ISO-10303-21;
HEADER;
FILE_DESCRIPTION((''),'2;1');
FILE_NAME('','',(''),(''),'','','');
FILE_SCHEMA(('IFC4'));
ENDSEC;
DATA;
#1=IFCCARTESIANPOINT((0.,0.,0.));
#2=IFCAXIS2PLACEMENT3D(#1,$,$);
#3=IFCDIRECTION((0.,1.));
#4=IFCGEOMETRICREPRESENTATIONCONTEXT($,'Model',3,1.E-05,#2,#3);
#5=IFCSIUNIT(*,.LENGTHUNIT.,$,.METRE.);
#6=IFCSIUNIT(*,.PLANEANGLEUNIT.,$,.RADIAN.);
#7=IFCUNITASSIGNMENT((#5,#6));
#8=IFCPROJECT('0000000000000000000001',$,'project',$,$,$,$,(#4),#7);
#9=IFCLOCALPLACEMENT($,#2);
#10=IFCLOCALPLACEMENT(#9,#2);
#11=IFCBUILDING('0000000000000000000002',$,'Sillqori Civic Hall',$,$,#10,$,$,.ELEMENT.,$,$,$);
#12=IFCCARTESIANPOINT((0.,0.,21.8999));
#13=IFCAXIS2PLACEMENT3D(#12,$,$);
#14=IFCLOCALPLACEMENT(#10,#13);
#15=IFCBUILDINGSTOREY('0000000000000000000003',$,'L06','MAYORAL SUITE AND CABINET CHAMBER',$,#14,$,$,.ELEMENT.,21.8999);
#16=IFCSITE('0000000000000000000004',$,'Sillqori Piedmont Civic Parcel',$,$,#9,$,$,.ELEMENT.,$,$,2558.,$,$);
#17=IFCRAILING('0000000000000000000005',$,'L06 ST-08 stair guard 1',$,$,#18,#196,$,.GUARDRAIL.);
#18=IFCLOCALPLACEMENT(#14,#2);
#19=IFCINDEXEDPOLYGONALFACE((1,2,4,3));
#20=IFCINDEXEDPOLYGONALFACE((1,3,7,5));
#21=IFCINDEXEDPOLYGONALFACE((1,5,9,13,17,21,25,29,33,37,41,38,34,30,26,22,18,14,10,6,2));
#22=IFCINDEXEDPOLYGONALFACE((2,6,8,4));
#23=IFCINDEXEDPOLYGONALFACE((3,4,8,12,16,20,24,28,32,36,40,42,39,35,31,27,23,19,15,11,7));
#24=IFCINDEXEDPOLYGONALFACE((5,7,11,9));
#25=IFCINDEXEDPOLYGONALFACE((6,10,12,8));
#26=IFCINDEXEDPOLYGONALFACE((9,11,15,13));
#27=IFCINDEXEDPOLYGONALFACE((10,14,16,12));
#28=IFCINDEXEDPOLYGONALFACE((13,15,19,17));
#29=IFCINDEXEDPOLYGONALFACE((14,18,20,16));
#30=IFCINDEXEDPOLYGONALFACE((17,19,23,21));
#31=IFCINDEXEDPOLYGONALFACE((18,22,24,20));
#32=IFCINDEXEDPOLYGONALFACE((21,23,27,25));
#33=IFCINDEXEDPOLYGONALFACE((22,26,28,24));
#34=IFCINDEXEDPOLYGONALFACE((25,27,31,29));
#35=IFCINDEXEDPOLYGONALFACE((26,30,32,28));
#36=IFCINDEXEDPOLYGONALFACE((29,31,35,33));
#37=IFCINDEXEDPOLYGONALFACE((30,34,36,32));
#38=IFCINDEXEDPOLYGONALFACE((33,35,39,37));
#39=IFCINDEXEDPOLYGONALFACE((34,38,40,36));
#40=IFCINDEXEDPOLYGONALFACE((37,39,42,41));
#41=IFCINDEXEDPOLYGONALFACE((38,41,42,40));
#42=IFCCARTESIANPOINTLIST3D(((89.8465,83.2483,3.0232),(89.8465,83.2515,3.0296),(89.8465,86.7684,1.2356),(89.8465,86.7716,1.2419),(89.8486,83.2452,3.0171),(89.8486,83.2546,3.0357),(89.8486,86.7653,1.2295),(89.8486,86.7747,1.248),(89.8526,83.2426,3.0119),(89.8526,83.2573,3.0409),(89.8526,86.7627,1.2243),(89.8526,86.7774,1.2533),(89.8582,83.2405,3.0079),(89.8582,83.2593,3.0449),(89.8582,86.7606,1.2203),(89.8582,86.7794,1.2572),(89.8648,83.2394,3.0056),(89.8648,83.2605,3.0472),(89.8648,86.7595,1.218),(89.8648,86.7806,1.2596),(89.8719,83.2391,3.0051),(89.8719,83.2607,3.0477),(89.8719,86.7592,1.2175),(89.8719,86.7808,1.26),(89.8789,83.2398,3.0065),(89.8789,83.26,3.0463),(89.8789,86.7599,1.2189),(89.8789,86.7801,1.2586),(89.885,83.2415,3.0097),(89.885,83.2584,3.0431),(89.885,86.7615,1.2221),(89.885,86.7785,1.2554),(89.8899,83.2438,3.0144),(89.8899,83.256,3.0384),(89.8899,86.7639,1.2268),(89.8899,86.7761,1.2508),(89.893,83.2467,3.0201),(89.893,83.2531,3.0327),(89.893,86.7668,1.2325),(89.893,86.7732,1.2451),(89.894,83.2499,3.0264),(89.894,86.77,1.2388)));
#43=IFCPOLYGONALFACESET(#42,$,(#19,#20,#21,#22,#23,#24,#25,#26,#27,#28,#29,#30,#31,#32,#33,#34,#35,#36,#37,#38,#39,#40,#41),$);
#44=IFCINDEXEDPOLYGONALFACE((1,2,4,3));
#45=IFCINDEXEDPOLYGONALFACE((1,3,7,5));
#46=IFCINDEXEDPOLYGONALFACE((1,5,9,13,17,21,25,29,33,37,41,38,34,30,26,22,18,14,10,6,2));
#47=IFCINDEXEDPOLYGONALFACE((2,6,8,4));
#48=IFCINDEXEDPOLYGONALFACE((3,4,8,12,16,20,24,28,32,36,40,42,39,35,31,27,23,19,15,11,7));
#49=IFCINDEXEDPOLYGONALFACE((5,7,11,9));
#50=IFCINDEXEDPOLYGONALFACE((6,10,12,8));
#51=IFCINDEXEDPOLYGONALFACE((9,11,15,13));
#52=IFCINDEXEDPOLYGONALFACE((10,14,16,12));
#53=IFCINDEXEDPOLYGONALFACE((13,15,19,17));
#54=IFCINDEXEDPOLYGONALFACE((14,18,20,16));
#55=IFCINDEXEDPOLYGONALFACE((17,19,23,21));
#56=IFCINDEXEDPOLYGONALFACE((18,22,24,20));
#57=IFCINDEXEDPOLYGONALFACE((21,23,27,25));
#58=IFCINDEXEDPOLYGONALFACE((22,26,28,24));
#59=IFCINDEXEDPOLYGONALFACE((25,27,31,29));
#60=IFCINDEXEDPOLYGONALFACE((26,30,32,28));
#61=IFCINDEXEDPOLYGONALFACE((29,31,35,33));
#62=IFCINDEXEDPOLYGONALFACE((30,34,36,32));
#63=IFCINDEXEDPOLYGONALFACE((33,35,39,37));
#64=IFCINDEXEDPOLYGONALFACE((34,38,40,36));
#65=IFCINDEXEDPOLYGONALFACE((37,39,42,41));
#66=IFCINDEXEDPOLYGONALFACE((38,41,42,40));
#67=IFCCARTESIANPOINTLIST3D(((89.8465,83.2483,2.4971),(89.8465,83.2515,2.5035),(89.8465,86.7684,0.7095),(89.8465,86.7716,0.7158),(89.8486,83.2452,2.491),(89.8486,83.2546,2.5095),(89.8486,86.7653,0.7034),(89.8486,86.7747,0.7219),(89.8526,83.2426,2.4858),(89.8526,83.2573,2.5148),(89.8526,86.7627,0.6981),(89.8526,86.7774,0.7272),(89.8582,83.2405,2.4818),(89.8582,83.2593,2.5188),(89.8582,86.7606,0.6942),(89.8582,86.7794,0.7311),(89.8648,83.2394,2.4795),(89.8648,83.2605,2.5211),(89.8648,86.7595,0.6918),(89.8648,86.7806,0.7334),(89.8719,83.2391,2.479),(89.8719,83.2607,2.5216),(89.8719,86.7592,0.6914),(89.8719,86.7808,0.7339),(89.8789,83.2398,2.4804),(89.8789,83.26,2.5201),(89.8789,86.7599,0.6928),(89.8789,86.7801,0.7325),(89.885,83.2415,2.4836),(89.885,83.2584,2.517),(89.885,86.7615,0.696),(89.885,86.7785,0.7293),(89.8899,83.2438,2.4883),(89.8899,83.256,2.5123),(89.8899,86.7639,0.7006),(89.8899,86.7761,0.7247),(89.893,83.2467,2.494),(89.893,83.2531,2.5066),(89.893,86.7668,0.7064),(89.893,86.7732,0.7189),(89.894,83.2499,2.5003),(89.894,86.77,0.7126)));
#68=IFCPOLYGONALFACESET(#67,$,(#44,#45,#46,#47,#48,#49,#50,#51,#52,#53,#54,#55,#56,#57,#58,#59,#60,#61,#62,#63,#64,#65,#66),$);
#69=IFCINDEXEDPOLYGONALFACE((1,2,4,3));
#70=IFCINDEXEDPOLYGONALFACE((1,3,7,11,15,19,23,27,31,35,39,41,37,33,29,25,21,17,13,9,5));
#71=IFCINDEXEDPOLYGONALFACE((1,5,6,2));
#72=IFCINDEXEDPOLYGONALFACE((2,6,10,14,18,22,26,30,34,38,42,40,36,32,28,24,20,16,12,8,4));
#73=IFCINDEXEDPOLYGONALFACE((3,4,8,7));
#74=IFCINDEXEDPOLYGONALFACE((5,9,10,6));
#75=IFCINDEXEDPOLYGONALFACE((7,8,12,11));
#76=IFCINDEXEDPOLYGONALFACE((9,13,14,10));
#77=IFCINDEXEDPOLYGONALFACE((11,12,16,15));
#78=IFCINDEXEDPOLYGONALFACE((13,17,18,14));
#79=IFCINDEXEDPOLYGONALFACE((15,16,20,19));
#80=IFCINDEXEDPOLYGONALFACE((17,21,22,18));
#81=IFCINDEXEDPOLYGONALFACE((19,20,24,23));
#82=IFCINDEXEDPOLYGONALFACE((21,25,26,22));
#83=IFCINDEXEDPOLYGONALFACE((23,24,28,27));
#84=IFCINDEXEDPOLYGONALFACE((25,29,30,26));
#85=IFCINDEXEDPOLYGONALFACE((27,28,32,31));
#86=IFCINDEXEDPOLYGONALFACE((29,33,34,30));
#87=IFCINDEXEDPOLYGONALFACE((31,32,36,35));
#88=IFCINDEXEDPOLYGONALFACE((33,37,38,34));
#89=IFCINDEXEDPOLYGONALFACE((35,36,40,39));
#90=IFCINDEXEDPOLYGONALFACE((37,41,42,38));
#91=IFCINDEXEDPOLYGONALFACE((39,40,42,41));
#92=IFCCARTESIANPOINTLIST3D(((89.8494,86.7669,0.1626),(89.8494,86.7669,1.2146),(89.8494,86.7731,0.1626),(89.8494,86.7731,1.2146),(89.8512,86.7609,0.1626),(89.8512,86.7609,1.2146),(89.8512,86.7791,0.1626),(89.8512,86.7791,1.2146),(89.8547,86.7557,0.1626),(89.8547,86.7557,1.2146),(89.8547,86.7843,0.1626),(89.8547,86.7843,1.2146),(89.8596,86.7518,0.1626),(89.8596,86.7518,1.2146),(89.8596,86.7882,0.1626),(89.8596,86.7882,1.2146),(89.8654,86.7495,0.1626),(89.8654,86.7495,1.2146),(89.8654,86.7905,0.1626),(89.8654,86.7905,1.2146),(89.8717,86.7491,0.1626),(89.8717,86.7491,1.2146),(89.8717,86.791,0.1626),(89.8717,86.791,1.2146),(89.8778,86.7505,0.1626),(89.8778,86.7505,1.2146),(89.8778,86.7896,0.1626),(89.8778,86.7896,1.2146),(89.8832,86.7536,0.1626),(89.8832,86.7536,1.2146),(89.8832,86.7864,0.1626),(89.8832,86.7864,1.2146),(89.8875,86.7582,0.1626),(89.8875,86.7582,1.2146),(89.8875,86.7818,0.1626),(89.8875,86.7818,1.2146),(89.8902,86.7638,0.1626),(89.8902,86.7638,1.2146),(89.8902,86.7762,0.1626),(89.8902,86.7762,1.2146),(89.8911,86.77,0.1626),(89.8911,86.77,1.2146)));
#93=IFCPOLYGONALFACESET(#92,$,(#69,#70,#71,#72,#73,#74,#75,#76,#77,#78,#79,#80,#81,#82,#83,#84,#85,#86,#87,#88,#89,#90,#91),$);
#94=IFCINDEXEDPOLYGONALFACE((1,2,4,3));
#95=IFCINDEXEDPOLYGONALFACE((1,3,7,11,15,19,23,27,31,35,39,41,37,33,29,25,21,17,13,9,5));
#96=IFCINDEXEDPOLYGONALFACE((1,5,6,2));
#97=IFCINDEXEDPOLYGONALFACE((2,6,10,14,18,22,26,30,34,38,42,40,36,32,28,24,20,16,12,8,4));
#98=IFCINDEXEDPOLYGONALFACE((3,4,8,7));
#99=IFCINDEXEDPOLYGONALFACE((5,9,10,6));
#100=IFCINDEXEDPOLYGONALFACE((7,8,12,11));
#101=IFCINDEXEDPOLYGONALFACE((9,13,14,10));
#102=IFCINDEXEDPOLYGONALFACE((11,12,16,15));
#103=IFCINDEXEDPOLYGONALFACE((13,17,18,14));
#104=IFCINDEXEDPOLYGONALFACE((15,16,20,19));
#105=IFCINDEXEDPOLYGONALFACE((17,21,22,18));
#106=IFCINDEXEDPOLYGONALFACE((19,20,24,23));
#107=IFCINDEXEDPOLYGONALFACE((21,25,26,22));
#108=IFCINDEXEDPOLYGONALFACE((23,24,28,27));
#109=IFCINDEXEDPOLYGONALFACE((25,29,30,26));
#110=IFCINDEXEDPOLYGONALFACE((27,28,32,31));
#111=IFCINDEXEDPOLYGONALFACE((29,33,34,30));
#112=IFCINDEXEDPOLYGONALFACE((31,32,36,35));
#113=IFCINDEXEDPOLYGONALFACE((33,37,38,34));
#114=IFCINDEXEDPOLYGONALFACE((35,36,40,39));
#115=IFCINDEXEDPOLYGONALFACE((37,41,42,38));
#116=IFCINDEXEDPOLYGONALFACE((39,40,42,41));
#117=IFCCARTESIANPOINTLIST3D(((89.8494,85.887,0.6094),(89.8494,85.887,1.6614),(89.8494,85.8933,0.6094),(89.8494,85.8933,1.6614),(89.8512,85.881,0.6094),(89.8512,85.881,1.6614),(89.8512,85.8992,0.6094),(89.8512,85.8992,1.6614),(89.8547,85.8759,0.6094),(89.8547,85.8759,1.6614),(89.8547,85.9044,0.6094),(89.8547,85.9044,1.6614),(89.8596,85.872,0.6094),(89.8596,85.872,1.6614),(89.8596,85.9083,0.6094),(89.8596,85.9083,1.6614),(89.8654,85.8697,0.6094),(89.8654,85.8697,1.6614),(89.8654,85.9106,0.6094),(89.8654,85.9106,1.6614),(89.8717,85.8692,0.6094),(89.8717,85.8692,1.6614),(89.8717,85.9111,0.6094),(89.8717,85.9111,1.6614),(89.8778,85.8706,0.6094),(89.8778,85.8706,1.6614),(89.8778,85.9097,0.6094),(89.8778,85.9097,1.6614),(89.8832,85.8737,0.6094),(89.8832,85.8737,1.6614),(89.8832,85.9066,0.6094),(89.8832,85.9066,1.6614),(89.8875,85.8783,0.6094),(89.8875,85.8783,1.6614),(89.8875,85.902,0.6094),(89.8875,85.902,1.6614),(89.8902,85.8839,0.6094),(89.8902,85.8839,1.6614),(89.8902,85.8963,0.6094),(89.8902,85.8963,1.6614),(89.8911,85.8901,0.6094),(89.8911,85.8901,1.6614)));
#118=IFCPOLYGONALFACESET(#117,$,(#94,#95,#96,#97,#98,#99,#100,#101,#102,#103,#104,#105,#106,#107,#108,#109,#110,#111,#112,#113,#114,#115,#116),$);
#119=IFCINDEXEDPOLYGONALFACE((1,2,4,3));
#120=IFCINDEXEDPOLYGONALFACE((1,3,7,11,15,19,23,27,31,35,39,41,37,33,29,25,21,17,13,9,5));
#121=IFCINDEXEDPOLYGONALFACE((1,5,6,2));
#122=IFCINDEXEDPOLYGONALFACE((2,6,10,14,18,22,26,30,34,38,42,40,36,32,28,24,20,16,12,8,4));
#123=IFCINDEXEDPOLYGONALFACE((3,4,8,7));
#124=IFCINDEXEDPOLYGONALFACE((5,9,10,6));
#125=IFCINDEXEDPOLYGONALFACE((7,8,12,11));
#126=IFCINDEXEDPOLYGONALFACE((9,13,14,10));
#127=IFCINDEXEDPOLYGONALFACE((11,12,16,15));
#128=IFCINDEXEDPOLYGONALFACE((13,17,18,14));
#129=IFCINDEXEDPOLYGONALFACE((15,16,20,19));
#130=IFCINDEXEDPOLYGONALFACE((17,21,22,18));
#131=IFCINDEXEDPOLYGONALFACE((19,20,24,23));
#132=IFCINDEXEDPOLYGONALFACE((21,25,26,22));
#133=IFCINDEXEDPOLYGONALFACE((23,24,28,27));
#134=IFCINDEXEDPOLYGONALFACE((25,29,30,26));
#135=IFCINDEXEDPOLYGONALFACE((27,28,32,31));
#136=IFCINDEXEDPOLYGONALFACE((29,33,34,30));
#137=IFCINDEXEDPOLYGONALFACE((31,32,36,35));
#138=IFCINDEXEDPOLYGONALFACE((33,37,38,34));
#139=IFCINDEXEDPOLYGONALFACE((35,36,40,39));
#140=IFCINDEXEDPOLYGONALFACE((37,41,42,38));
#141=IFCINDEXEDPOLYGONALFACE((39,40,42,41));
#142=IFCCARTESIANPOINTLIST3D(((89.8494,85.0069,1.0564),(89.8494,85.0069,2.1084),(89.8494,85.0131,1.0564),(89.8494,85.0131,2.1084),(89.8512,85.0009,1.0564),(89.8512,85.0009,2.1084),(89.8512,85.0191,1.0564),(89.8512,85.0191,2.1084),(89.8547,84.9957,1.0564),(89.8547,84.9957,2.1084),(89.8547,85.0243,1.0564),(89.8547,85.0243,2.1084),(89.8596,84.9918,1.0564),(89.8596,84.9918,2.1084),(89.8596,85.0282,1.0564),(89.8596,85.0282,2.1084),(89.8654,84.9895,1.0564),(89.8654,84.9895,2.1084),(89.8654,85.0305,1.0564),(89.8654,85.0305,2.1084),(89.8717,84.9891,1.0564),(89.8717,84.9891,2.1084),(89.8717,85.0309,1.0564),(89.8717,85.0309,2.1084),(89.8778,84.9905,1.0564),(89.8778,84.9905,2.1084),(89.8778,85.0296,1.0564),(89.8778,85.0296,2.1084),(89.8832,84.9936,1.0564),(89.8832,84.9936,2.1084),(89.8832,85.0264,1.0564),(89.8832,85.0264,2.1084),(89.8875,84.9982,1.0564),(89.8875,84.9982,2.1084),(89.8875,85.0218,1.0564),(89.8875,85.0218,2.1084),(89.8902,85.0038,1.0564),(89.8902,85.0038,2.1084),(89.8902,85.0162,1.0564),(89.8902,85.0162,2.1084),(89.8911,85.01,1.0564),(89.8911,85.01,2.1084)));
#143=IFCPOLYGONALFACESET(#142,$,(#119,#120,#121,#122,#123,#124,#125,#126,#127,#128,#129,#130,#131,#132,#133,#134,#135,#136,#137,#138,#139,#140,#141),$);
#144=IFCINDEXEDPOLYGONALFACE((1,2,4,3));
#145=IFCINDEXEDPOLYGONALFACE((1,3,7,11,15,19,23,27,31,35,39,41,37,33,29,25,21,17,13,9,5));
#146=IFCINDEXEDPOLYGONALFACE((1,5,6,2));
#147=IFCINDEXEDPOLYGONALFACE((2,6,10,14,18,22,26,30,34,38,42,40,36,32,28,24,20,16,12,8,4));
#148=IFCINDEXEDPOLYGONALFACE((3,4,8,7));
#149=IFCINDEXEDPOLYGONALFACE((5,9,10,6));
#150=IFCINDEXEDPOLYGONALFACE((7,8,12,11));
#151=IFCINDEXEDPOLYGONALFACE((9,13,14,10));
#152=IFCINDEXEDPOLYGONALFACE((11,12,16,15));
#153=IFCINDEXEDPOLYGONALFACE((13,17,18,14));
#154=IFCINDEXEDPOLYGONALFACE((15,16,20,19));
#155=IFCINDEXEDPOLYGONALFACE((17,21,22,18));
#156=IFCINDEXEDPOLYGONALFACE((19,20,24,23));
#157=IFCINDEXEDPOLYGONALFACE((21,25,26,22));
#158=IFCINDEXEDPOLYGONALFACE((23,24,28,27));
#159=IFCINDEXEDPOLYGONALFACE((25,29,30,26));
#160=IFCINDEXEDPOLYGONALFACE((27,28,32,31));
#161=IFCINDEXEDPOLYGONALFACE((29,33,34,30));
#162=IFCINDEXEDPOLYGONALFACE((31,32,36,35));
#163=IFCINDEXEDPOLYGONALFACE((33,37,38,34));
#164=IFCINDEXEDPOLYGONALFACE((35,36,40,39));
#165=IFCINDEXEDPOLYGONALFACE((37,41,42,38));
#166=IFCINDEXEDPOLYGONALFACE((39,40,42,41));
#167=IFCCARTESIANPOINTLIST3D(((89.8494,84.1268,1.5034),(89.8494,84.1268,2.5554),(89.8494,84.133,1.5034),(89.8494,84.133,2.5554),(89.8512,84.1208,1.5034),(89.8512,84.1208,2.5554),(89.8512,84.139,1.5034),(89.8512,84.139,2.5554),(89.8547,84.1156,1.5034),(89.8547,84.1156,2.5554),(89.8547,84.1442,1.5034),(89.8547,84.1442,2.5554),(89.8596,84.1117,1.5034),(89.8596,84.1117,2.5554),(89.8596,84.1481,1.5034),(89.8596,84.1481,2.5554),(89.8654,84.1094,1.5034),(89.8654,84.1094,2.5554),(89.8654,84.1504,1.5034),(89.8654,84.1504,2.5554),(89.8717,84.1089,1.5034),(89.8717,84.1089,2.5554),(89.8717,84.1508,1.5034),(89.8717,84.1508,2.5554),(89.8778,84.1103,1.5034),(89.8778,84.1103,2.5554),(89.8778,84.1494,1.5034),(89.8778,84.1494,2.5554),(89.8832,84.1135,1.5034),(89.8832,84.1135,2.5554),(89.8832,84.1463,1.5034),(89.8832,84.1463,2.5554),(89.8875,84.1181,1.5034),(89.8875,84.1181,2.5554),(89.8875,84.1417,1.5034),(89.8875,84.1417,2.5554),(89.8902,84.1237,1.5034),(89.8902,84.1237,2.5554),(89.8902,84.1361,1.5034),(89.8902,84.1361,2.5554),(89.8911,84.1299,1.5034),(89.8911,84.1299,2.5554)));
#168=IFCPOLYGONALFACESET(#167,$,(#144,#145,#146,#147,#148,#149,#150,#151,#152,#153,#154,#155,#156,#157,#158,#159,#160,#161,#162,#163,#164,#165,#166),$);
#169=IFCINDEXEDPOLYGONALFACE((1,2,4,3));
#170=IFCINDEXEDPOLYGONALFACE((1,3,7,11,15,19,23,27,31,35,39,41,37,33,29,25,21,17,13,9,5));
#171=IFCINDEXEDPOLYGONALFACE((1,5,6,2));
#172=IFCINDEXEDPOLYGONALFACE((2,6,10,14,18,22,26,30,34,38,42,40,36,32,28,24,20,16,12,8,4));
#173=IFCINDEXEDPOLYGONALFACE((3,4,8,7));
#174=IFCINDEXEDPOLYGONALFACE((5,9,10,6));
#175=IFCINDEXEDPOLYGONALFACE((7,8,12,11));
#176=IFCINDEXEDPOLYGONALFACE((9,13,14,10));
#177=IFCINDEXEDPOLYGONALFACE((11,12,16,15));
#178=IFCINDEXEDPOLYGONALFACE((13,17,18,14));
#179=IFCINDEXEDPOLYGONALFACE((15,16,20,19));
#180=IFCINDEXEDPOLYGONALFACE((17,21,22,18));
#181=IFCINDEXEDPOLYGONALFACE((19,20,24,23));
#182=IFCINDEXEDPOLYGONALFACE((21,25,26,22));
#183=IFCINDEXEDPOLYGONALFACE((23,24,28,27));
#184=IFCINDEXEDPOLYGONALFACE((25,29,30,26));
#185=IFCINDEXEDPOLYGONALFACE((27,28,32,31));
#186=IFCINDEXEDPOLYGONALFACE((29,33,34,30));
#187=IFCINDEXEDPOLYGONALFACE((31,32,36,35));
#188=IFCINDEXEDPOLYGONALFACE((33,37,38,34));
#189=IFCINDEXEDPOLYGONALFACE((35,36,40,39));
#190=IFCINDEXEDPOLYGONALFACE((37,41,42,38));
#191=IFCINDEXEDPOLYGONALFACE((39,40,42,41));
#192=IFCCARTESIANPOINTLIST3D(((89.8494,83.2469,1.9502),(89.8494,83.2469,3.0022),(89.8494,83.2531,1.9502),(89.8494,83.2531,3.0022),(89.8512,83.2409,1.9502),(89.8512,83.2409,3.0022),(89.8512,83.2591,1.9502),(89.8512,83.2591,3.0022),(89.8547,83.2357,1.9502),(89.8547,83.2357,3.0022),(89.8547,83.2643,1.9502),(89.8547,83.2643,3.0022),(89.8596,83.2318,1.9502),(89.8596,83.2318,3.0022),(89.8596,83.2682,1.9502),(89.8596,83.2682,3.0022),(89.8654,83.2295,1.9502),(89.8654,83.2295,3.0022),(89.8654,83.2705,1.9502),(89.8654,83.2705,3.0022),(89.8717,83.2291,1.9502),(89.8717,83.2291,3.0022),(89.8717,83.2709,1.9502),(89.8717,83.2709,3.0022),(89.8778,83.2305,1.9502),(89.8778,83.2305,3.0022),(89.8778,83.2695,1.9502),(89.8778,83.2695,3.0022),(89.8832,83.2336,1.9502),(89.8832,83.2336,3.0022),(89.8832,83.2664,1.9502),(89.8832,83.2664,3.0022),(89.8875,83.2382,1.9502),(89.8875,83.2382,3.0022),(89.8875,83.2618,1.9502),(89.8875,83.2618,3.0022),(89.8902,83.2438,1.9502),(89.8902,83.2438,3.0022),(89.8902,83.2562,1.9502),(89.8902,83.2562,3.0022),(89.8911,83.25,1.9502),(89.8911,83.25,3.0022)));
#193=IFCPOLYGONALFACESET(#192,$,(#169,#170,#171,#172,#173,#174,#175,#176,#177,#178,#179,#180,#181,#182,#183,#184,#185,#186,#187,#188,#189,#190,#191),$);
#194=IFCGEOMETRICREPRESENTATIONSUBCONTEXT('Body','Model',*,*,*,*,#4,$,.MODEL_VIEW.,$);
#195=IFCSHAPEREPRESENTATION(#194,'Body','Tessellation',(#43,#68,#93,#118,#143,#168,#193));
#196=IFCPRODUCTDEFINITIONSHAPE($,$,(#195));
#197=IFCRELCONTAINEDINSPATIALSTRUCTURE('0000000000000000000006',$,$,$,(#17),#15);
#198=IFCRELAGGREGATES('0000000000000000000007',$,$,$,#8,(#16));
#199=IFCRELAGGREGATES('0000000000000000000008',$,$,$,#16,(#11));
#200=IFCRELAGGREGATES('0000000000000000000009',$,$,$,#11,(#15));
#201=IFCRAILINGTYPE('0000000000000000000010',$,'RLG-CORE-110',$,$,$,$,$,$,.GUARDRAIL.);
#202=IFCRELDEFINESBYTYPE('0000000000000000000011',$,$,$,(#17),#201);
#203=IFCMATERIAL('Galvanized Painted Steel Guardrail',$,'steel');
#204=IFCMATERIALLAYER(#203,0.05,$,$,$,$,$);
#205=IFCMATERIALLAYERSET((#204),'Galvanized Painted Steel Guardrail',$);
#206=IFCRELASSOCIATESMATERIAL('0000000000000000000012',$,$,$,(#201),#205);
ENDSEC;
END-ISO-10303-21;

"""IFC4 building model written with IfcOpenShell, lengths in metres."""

from ifc_helpers import new_model, si_unit, direction, frame, origin, origin_2d, place, context, subcontext, project, spatial, circle, extrude, material, layer, layer_set, type_object, element, save


model = new_model("IFC4")

# Units and contexts
model_context = context("Model", 3, precision=1e-05, world=origin(), true_north=direction((0.0, 1.0)))
body_context = subcontext(model_context, "Body", "Model", "MODEL_VIEW")
ifc_project = project(units=[si_unit("LENGTHUNIT", "METRE"), si_unit("PLANEANGLEUNIT", "RADIAN")], contexts=[model_context])

# Site, building, storey
site_placement = place(None, origin())
site = spatial("IfcSite", under=ifc_project, at=site_placement, Name="Sillqori Piedmont Civic Parcel", CompositionType="ELEMENT", RefElevation=2558.0)
building_placement = place(site_placement, origin())
building = spatial("IfcBuilding", under=site, at=building_placement, Name="Sillqori Civic Hall", CompositionType="ELEMENT")
storey_placement = place(building_placement, frame((0.0, 0.0, 21.8999)))
storey = spatial("IfcBuildingStorey", under=building, at=storey_placement, Name="L06", Description="MAYORAL SUITE AND CABINET CHAMBER", CompositionType="ELEMENT", Elevation=21.8999)

# Railing
ifc_material_1 = material(Name="Galvanized Painted Steel Guardrail", Category="steel")
ifc_layer_1 = layer(ifc_material_1, 0.05)
ifc_layer_set_1 = layer_set([ifc_layer_1], Name="Galvanized Painted Steel Guardrail")
railing_type_1 = type_object("IfcRailingType", Name="RLG-CORE-110", PredefinedType="GUARDRAIL", material=ifc_layer_set_1)
railing_1_placement = place(storey_placement, frame((89.8701, 86.77, 0.1626)))
element("IfcRailing", 1, at=railing_1_placement, inside=storey, type_object=railing_type_1, Name="L06 ST-08 stair guard 1", PredefinedType="GUARDRAIL", context=body_context, shape_type="SweptSolid", body=[
    extrude(circle(Radius=0.0239, at=origin_2d()), frame((0.0, 0.0, 1.0762), z_axis=(0.0, -0.891615, 0.452795), x_axis=(1.0, 0.0, 0.0)), (0.0, 0.0, 1.0), 3.948),
    extrude(circle(Radius=0.0239, at=origin_2d()), frame((0.0, 0.0, 0.55), z_axis=(0.0, -0.891615, 0.452795), x_axis=(1.0, 0.0, 0.0)), (0.0, 0.0, 1.0), 3.948),
    extrude(circle(Radius=0.021, at=origin_2d()), origin(), (0.0, 0.0, 1.0), 1.052),
    extrude(circle(Radius=0.021, at=origin_2d()), frame((0.0, -0.8799, 0.4468)), (0.0, 0.0, 1.0), 1.052),
    extrude(circle(Radius=0.021, at=origin_2d()), frame((0.0, -1.76, 0.8938)), (0.0, 0.0, 1.0), 1.052),
    extrude(circle(Radius=0.021, at=origin_2d()), frame((0.0, -2.6401, 1.3408)), (0.0, 0.0, 1.0), 1.052),
    extrude(circle(Radius=0.021, at=origin_2d()), frame((0.0, -3.52, 1.7876)), (0.0, 0.0, 1.0), 1.052),
])

save(model, "model.ifc")
